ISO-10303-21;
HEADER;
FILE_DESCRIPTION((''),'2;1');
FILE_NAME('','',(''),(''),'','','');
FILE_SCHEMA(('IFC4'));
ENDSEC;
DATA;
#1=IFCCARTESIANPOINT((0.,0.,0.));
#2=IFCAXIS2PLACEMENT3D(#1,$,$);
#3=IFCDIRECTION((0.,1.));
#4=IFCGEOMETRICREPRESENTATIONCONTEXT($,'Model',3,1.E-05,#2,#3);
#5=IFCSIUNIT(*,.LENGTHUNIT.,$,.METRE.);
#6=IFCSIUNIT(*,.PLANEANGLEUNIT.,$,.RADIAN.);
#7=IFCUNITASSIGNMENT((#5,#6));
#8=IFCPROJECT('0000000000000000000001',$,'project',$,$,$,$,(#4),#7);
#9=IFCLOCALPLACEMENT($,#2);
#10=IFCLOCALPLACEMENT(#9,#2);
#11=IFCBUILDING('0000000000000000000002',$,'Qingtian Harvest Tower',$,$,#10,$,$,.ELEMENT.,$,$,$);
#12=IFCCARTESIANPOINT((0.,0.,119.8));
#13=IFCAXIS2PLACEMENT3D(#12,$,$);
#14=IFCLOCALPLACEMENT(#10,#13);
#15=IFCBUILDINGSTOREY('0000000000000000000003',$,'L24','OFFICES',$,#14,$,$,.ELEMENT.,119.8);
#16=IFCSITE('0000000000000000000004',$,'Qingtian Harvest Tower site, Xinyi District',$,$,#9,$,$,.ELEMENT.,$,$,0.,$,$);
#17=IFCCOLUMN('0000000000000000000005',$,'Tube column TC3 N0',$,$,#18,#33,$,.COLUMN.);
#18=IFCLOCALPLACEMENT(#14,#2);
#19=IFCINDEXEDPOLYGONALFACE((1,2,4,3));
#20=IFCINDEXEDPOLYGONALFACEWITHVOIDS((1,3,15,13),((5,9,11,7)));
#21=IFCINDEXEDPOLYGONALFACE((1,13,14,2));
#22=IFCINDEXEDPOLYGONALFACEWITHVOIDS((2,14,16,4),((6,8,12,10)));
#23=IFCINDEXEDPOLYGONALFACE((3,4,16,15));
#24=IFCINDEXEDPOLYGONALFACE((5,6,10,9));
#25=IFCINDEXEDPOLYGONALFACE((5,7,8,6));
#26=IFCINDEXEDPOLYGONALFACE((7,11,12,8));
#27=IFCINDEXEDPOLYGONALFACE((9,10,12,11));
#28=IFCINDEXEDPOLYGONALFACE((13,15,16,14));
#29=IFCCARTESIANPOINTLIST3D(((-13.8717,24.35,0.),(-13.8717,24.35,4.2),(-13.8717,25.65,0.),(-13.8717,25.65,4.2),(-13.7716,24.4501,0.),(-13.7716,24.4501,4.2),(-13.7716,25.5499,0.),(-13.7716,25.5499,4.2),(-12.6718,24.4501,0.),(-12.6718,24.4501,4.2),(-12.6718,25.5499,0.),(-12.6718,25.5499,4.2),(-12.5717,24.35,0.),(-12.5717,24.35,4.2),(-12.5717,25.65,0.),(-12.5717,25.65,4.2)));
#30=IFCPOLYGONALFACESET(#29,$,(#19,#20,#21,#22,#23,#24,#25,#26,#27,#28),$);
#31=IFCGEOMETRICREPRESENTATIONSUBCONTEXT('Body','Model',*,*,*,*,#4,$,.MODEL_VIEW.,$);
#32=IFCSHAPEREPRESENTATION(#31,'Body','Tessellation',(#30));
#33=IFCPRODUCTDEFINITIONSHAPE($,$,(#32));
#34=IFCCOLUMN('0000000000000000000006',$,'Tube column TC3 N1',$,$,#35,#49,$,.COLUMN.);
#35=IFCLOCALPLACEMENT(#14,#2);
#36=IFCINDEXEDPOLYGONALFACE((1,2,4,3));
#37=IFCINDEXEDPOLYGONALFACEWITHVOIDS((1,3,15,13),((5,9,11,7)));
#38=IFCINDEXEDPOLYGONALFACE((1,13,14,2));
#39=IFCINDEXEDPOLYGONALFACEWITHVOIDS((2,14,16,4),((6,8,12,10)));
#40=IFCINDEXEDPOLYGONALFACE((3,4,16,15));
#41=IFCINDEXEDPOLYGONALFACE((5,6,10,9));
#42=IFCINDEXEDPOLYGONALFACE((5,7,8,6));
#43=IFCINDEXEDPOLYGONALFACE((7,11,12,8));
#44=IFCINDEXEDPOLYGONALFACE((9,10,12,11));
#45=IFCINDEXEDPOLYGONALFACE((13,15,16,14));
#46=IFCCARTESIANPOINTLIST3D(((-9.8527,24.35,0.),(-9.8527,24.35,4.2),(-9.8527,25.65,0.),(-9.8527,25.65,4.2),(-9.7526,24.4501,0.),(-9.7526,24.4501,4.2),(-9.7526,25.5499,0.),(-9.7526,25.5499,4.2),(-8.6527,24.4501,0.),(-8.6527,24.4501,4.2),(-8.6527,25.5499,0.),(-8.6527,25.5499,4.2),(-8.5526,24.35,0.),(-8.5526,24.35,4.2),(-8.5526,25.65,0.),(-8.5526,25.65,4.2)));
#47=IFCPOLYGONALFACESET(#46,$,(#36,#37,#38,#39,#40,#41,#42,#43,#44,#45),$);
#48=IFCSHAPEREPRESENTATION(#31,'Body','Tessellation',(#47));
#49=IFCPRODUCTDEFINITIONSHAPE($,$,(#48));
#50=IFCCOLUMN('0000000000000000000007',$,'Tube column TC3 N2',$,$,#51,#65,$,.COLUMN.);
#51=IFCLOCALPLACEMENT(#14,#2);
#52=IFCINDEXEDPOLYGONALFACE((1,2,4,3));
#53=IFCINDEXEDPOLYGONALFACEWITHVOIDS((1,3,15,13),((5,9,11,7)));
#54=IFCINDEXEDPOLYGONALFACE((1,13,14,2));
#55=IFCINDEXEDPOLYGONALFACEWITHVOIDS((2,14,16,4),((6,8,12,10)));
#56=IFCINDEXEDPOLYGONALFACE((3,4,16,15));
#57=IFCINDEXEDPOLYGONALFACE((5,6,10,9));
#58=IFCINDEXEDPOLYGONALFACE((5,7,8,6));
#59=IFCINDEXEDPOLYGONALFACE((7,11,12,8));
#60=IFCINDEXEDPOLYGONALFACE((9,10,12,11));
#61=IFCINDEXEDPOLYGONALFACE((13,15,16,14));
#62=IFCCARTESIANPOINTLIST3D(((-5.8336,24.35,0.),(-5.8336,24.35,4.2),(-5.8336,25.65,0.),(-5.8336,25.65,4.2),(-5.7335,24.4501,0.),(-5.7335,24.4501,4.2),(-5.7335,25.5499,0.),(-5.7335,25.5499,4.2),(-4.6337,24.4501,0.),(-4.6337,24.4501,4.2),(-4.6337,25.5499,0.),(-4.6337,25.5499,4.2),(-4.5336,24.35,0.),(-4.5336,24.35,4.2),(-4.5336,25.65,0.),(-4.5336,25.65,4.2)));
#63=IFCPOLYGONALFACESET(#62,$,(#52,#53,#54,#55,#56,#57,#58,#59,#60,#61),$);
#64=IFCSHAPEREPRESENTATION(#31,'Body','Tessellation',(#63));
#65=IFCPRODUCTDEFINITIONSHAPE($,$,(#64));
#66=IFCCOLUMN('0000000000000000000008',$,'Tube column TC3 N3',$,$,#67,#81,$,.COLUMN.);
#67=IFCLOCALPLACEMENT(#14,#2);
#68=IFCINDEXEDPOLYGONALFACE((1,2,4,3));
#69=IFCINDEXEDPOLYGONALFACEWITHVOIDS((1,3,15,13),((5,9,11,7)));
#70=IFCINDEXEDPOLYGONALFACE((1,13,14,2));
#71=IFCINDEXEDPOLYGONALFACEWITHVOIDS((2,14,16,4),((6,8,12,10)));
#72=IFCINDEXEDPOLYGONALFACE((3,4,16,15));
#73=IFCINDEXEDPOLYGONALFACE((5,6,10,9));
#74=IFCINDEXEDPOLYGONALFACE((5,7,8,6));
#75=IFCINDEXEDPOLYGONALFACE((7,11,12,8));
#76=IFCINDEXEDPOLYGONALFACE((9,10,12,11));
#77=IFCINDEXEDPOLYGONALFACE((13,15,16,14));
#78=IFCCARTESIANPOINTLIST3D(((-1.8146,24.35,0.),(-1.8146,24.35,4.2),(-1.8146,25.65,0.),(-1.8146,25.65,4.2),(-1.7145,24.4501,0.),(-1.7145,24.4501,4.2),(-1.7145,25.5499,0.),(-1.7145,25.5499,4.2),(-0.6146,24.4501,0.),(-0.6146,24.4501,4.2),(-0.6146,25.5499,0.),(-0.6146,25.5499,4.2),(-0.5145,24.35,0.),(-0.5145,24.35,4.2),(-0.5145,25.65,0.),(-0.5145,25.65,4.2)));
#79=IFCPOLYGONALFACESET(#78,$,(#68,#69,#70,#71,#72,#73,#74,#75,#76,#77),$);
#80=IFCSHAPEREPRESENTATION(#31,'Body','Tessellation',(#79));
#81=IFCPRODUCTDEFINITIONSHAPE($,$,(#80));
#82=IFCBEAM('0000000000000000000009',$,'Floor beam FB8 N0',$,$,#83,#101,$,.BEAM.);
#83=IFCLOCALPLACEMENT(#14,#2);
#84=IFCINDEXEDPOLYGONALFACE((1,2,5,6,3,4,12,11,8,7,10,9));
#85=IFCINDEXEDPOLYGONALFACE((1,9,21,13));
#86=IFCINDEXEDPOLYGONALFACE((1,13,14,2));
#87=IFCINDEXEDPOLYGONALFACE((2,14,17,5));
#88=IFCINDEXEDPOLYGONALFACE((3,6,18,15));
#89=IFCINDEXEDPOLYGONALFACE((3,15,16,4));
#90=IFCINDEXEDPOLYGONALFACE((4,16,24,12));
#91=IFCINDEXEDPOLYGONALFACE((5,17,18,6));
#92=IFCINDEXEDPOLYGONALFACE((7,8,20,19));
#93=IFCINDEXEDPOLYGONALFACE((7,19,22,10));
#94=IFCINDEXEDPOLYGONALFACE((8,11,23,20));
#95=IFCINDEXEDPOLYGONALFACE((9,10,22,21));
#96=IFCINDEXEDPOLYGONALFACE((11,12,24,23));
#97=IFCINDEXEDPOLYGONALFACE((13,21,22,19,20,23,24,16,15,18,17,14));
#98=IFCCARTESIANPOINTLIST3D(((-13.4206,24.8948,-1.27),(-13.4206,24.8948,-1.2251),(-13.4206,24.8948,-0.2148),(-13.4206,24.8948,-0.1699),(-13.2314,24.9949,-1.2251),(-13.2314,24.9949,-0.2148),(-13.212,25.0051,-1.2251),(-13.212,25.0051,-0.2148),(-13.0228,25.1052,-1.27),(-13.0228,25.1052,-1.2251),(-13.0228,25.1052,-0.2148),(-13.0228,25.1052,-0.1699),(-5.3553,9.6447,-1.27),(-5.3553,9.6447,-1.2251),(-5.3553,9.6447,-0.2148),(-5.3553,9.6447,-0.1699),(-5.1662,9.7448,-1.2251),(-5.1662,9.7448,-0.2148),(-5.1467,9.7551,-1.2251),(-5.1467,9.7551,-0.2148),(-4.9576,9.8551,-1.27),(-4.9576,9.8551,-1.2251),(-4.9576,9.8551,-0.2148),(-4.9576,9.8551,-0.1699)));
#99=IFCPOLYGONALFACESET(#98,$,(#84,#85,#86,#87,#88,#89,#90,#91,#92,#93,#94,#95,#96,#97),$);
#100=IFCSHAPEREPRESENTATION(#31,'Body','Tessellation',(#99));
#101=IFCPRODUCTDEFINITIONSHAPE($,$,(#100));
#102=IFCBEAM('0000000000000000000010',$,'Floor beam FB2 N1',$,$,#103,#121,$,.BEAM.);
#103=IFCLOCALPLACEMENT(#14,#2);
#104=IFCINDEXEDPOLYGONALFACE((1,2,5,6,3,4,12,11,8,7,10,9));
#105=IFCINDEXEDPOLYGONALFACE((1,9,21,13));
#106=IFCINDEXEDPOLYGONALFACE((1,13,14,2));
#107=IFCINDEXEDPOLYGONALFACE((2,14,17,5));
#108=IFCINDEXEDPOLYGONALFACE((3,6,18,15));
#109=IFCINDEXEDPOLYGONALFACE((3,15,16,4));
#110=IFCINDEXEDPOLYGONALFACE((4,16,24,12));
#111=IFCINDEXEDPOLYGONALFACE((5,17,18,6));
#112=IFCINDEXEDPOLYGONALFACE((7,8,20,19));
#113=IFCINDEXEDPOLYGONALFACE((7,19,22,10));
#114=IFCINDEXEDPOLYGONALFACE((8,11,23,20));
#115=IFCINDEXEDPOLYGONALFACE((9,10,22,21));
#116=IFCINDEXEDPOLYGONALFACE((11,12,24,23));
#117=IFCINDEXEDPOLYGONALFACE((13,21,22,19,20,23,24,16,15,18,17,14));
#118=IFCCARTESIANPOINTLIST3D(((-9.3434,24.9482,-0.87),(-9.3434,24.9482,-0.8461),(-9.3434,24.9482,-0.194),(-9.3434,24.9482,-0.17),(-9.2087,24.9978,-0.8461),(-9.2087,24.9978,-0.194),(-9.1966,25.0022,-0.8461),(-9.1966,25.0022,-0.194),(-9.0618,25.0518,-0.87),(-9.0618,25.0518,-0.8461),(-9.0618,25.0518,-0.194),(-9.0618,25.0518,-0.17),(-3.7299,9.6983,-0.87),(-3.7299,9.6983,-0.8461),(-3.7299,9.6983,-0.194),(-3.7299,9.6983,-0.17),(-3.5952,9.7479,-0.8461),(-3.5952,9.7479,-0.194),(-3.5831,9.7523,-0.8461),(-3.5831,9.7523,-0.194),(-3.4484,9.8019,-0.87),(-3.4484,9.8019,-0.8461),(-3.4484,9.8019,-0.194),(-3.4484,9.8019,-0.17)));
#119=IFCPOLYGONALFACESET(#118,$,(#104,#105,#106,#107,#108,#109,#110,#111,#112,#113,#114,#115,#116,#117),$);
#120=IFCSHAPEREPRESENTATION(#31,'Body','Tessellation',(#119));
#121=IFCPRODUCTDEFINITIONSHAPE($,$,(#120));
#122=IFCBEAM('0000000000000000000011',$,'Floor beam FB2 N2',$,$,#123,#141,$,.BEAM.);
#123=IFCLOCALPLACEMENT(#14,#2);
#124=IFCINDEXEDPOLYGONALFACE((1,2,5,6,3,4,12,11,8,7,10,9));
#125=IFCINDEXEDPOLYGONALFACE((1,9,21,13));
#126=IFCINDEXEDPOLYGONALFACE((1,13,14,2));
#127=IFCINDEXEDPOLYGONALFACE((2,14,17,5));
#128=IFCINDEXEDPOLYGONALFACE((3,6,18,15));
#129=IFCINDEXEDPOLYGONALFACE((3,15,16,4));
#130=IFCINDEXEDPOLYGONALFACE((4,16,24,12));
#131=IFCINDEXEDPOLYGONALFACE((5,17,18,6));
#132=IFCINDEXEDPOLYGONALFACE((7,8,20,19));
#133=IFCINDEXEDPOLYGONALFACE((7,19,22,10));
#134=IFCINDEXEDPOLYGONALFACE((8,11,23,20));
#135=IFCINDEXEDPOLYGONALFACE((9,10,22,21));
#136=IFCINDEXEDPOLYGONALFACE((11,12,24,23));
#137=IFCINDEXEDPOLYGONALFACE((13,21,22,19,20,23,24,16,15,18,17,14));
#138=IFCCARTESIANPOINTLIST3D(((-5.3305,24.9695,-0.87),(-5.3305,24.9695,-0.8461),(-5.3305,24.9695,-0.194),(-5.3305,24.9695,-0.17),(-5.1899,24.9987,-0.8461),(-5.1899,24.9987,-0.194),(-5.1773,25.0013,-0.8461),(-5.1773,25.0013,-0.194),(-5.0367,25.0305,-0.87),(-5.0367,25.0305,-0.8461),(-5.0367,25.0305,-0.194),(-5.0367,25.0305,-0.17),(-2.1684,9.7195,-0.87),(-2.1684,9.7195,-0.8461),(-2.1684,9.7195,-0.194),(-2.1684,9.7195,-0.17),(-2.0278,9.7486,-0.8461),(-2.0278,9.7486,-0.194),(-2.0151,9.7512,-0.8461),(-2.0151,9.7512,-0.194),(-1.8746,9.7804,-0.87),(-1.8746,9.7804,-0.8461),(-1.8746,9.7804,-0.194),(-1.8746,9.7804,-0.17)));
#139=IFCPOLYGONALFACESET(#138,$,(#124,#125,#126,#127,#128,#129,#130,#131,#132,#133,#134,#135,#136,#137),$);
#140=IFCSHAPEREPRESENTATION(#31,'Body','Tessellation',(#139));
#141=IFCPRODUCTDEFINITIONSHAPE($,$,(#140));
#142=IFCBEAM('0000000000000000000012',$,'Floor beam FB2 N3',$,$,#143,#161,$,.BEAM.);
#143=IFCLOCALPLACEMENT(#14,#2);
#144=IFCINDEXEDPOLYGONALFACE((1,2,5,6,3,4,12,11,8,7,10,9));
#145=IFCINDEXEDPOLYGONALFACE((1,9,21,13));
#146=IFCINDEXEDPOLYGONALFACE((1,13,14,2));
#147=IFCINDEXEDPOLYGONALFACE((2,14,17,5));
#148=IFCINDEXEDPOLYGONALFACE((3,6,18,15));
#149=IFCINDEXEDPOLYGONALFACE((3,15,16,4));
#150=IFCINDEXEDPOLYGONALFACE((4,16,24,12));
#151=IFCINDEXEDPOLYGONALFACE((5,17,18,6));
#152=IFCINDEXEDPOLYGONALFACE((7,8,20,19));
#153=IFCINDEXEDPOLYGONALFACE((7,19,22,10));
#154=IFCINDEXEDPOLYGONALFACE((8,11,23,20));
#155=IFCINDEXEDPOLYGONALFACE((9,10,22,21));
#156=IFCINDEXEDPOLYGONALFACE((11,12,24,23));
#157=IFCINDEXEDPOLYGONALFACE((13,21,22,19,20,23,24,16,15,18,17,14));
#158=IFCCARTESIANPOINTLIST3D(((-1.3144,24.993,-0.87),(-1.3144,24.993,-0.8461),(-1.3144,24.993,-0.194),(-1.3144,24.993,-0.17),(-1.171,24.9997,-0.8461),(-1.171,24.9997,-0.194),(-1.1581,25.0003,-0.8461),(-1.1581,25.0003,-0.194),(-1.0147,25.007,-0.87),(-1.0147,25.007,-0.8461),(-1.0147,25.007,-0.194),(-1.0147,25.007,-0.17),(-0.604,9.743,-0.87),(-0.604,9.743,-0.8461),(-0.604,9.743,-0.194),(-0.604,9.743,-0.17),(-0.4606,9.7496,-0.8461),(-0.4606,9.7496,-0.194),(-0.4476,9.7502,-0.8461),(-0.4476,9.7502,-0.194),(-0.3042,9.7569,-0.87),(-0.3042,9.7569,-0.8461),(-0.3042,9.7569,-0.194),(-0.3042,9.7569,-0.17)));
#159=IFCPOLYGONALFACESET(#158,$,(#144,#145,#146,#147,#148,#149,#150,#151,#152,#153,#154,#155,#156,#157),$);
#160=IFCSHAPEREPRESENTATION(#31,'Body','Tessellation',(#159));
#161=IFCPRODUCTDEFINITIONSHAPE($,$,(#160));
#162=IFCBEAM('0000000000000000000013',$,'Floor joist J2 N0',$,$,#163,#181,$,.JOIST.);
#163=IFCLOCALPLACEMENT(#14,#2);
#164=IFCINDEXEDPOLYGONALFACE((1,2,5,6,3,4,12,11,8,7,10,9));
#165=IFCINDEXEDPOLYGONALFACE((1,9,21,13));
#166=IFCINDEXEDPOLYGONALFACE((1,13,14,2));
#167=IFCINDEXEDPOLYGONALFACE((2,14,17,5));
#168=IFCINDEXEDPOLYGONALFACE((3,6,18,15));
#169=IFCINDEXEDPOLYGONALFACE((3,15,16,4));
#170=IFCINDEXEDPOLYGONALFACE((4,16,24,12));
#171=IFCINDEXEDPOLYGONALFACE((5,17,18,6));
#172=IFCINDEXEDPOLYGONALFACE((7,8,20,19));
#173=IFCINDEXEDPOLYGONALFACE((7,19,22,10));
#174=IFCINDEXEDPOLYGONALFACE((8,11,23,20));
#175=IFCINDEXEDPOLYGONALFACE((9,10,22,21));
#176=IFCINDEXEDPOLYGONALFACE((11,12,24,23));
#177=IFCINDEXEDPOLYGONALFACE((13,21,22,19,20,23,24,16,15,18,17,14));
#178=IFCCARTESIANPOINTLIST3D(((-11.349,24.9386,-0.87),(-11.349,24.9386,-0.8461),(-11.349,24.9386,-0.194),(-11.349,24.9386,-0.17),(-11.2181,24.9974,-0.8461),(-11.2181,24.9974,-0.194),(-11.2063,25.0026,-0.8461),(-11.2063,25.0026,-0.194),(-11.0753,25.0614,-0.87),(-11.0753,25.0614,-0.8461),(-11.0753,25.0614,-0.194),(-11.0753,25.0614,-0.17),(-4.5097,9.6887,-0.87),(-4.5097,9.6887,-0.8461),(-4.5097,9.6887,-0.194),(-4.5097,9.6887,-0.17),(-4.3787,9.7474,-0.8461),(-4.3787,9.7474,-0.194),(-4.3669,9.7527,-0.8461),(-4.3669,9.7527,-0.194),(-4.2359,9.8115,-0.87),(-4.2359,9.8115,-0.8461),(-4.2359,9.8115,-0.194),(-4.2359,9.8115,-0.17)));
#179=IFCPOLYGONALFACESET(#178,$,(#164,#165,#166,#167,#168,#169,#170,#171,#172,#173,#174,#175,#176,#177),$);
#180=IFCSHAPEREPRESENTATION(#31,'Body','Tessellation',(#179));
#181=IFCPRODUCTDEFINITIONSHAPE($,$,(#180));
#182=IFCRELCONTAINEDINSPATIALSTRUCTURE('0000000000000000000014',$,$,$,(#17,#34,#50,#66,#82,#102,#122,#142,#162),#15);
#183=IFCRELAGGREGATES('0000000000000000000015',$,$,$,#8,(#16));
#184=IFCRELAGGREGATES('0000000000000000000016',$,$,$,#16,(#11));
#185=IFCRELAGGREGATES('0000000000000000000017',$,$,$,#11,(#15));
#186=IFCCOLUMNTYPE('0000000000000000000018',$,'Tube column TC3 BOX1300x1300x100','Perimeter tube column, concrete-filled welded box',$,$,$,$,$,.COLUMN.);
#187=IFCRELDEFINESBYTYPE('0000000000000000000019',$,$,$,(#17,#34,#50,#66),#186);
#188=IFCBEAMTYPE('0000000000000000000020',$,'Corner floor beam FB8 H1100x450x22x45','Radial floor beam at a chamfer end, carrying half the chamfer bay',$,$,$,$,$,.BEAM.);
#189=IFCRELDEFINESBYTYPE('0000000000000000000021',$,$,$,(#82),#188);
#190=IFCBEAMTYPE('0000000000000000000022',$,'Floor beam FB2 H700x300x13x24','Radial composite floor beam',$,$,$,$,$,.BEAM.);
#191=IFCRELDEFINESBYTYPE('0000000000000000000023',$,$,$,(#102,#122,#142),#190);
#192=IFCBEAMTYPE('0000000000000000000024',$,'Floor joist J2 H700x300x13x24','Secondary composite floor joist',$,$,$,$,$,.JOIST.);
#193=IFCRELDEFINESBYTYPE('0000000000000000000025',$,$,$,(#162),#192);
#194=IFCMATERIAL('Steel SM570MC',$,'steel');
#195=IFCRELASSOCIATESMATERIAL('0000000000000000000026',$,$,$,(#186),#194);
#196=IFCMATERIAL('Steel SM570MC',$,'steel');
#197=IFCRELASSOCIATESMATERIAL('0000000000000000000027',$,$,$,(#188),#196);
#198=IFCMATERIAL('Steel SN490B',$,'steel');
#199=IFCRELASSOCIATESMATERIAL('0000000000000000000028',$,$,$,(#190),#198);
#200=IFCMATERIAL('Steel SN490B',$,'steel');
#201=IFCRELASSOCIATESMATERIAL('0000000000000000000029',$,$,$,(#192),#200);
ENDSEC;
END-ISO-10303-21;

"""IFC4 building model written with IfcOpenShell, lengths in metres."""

from ifc_helpers import new_model, si_unit, direction, frame, origin, origin_2d, place, context, subcontext, project, spatial, hollow_rectangle, i_section, extrude, material, material_profile, profile_set, type_object, element, save


model = new_model("IFC4")

# Units and contexts
model_context = context("Model", 3, precision=1e-05, world=origin(), true_north=direction((0.0, 1.0)))
body_context = subcontext(model_context, "Body", "Model", "MODEL_VIEW")
ifc_project = project(units=[si_unit("LENGTHUNIT", "METRE"), si_unit("PLANEANGLEUNIT", "RADIAN")], contexts=[model_context])

# Site, building, storey
site_placement = place(None, origin())
site = spatial("IfcSite", under=ifc_project, at=site_placement, Name="Qingtian Harvest Tower site, Xinyi District", CompositionType="ELEMENT", RefElevation=0.0)
building_placement = place(site_placement, origin())
building = spatial("IfcBuilding", under=site, at=building_placement, Name="Qingtian Harvest Tower", CompositionType="ELEMENT")
storey_placement = place(building_placement, frame((0.0, 0.0, 119.8)))
storey = spatial("IfcBuildingStorey", under=building, at=storey_placement, Name="L24", Description="OFFICES", CompositionType="ELEMENT", Elevation=119.8)

# Columns
ifc_material_1 = material(Name="Steel SM570MC", Category="steel")
ifc_material_profile_1 = material_profile(ifc_material_1, hollow_rectangle(XDim=1.3, YDim=1.3, WallThickness=0.1001, at=origin_2d()), Name="BOX1300x1300x100")
ifc_profile_set_1 = profile_set([ifc_material_profile_1], Name="Steel SM570MC")
column_type = type_object("IfcColumnType", Name="Tube column TC3 BOX1300x1300x100", Description="Perimeter tube column, concrete-filled welded box", PredefinedType="COLUMN", material=ifc_profile_set_1)
for number, where, z_axis, x_axis, name in (
    (1, (-13.2217, 25.0, 0.0), (0.0, 0.0, 1.0), (-1.0, 0.0, 0.0), "Tube column TC3 N0"),
    (2, (-9.2026, 25.0, 0.0), (0.0, 0.0, 1.0), (-1.0, 0.0, 0.0), "Tube column TC3 N1"),
    (3, (-5.1836, 25.0, 0.0), (0.0, 0.0, 1.0), (-1.0, 0.0, 0.0), "Tube column TC3 N2"),
    (4, (-1.1646, 25.0, 0.0), (0.0, 0.0, 1.0), (-1.0, 0.0, 0.0), "Tube column TC3 N3"),
):
    element("IfcColumn", number, at=place(storey_placement, frame(where, z_axis=z_axis, x_axis=x_axis)), inside=storey, type_object=column_type, Name=name, PredefinedType="COLUMN", context=body_context, shape_type="SweptSolid", body=[
        extrude(hollow_rectangle(XDim=1.3, YDim=1.3, WallThickness=0.1001, at=origin_2d()), origin(), (0.0, 0.0, 1.0), 4.2),
    ])

# Beams
ifc_material_2 = material(Name="Steel SM570MC", Category="steel")
ifc_material_profile_2 = material_profile(ifc_material_2, i_section(OverallWidth=0.45, OverallDepth=1.1001, WebThickness=0.022, FlangeThickness=0.0449, at=origin_2d()), Name="H1100x450x22x45")
ifc_profile_set_2 = profile_set([ifc_material_profile_2], Name="Steel SM570MC")
beam_type_1 = type_object("IfcBeamType", Name="Corner floor beam FB8 H1100x450x22x45", Description="Radial floor beam at a chamfer end, carrying half the chamfer bay", PredefinedType="BEAM", material=ifc_profile_set_2)
beam_1_placement = place(storey_placement, frame((-13.2217, 25.0, -0.72), z_axis=(0.46751, -0.883988, 0.0), x_axis=(0.883988, 0.46751, 0.0)))
element("IfcBeam", 5, at=beam_1_placement, inside=storey, type_object=beam_type_1, Name="Floor beam FB8 N0", PredefinedType="BEAM", context=body_context, shape_type="SweptSolid", body=[
    extrude(i_section(OverallWidth=0.45, OverallDepth=1.1001, WebThickness=0.022, FlangeThickness=0.0449, at=origin_2d()), origin(), (0.0, 0.0, 1.0), 17.2515),
])
ifc_material_3 = material(Name="Steel SN490B", Category="steel")
ifc_material_profile_3 = material_profile(ifc_material_3, i_section(OverallWidth=0.3, OverallDepth=0.7, WebThickness=0.0129, FlangeThickness=0.0239, at=origin_2d()), Name="H700x300x13x24")
ifc_profile_set_3 = profile_set([ifc_material_profile_3], Name="Steel SN490B")
beam_type_2 = type_object("IfcBeamType", Name="Floor beam FB2 H700x300x13x24", Description="Radial composite floor beam", PredefinedType="BEAM", material=ifc_profile_set_3)
beam_2_placement = place(storey_placement, frame((-9.2026, 25.0, -0.52), z_axis=(0.34544, -0.938441, 0.0), x_axis=(0.938441, 0.34544, 0.0)))
element("IfcBeam", 6, at=beam_2_placement, inside=storey, type_object=beam_type_2, Name="Floor beam FB2 N1", PredefinedType="BEAM", context=body_context, shape_type="SweptSolid", body=[
    extrude(i_section(OverallWidth=0.3, OverallDepth=0.7, WebThickness=0.0129, FlangeThickness=0.0239, at=origin_2d()), origin(), (0.0, 0.0, 1.0), 16.2502),
])
beam_3_placement = place(storey_placement, frame((-5.1836, 25.0, -0.52), z_axis=(0.203033, -0.979172, 0.0), x_axis=(0.979172, 0.203033, 0.0)))
element("IfcBeam", 7, at=beam_3_placement, inside=storey, type_object=beam_type_2, Name="Floor beam FB2 N2", PredefinedType="BEAM", context=body_context, shape_type="SweptSolid", body=[
    extrude(i_section(OverallWidth=0.3, OverallDepth=0.7, WebThickness=0.0129, FlangeThickness=0.0239, at=origin_2d()), origin(), (0.0, 0.0, 1.0), 15.5745),
])
beam_4_placement = place(storey_placement, frame((-1.1646, 25.0, -0.52), z_axis=(0.046536, -0.998917, 0.0), x_axis=(0.998917, 0.046536, 0.0)))
element("IfcBeam", 8, at=beam_4_placement, inside=storey, type_object=beam_type_2, Name="Floor beam FB2 N3", PredefinedType="BEAM", context=body_context, shape_type="SweptSolid", body=[
    extrude(i_section(OverallWidth=0.3, OverallDepth=0.7, WebThickness=0.0129, FlangeThickness=0.0239, at=origin_2d()), origin(), (0.0, 0.0, 1.0), 15.2666),
])
ifc_material_4 = material(Name="Steel SN490B", Category="steel")
ifc_material_profile_4 = material_profile(ifc_material_4, i_section(OverallWidth=0.3, OverallDepth=0.7, WebThickness=0.0129, FlangeThickness=0.0239, at=origin_2d()), Name="H700x300x13x24")
ifc_profile_set_4 = profile_set([ifc_material_profile_4], Name="Steel SN490B")
beam_type_3 = type_object("IfcBeamType", Name="Floor joist J2 H700x300x13x24", Description="Secondary composite floor joist", PredefinedType="JOIST", material=ifc_profile_set_4)
beam_5_placement = place(storey_placement, frame((-11.2122, 25.0, -0.52), z_axis=(0.409213, -0.912439, 0.0), x_axis=(0.912439, 0.409213, 0.0)))
element("IfcBeam", 9, at=beam_5_placement, inside=storey, type_object=beam_type_3, Name="Floor joist J2 N0", PredefinedType="JOIST", context=body_context, shape_type="SweptSolid", body=[
    extrude(i_section(OverallWidth=0.3, OverallDepth=0.7, WebThickness=0.0129, FlangeThickness=0.0239, at=origin_2d()), origin(), (0.0, 0.0, 1.0), 16.7134),
])

save(model, "model.ifc")
